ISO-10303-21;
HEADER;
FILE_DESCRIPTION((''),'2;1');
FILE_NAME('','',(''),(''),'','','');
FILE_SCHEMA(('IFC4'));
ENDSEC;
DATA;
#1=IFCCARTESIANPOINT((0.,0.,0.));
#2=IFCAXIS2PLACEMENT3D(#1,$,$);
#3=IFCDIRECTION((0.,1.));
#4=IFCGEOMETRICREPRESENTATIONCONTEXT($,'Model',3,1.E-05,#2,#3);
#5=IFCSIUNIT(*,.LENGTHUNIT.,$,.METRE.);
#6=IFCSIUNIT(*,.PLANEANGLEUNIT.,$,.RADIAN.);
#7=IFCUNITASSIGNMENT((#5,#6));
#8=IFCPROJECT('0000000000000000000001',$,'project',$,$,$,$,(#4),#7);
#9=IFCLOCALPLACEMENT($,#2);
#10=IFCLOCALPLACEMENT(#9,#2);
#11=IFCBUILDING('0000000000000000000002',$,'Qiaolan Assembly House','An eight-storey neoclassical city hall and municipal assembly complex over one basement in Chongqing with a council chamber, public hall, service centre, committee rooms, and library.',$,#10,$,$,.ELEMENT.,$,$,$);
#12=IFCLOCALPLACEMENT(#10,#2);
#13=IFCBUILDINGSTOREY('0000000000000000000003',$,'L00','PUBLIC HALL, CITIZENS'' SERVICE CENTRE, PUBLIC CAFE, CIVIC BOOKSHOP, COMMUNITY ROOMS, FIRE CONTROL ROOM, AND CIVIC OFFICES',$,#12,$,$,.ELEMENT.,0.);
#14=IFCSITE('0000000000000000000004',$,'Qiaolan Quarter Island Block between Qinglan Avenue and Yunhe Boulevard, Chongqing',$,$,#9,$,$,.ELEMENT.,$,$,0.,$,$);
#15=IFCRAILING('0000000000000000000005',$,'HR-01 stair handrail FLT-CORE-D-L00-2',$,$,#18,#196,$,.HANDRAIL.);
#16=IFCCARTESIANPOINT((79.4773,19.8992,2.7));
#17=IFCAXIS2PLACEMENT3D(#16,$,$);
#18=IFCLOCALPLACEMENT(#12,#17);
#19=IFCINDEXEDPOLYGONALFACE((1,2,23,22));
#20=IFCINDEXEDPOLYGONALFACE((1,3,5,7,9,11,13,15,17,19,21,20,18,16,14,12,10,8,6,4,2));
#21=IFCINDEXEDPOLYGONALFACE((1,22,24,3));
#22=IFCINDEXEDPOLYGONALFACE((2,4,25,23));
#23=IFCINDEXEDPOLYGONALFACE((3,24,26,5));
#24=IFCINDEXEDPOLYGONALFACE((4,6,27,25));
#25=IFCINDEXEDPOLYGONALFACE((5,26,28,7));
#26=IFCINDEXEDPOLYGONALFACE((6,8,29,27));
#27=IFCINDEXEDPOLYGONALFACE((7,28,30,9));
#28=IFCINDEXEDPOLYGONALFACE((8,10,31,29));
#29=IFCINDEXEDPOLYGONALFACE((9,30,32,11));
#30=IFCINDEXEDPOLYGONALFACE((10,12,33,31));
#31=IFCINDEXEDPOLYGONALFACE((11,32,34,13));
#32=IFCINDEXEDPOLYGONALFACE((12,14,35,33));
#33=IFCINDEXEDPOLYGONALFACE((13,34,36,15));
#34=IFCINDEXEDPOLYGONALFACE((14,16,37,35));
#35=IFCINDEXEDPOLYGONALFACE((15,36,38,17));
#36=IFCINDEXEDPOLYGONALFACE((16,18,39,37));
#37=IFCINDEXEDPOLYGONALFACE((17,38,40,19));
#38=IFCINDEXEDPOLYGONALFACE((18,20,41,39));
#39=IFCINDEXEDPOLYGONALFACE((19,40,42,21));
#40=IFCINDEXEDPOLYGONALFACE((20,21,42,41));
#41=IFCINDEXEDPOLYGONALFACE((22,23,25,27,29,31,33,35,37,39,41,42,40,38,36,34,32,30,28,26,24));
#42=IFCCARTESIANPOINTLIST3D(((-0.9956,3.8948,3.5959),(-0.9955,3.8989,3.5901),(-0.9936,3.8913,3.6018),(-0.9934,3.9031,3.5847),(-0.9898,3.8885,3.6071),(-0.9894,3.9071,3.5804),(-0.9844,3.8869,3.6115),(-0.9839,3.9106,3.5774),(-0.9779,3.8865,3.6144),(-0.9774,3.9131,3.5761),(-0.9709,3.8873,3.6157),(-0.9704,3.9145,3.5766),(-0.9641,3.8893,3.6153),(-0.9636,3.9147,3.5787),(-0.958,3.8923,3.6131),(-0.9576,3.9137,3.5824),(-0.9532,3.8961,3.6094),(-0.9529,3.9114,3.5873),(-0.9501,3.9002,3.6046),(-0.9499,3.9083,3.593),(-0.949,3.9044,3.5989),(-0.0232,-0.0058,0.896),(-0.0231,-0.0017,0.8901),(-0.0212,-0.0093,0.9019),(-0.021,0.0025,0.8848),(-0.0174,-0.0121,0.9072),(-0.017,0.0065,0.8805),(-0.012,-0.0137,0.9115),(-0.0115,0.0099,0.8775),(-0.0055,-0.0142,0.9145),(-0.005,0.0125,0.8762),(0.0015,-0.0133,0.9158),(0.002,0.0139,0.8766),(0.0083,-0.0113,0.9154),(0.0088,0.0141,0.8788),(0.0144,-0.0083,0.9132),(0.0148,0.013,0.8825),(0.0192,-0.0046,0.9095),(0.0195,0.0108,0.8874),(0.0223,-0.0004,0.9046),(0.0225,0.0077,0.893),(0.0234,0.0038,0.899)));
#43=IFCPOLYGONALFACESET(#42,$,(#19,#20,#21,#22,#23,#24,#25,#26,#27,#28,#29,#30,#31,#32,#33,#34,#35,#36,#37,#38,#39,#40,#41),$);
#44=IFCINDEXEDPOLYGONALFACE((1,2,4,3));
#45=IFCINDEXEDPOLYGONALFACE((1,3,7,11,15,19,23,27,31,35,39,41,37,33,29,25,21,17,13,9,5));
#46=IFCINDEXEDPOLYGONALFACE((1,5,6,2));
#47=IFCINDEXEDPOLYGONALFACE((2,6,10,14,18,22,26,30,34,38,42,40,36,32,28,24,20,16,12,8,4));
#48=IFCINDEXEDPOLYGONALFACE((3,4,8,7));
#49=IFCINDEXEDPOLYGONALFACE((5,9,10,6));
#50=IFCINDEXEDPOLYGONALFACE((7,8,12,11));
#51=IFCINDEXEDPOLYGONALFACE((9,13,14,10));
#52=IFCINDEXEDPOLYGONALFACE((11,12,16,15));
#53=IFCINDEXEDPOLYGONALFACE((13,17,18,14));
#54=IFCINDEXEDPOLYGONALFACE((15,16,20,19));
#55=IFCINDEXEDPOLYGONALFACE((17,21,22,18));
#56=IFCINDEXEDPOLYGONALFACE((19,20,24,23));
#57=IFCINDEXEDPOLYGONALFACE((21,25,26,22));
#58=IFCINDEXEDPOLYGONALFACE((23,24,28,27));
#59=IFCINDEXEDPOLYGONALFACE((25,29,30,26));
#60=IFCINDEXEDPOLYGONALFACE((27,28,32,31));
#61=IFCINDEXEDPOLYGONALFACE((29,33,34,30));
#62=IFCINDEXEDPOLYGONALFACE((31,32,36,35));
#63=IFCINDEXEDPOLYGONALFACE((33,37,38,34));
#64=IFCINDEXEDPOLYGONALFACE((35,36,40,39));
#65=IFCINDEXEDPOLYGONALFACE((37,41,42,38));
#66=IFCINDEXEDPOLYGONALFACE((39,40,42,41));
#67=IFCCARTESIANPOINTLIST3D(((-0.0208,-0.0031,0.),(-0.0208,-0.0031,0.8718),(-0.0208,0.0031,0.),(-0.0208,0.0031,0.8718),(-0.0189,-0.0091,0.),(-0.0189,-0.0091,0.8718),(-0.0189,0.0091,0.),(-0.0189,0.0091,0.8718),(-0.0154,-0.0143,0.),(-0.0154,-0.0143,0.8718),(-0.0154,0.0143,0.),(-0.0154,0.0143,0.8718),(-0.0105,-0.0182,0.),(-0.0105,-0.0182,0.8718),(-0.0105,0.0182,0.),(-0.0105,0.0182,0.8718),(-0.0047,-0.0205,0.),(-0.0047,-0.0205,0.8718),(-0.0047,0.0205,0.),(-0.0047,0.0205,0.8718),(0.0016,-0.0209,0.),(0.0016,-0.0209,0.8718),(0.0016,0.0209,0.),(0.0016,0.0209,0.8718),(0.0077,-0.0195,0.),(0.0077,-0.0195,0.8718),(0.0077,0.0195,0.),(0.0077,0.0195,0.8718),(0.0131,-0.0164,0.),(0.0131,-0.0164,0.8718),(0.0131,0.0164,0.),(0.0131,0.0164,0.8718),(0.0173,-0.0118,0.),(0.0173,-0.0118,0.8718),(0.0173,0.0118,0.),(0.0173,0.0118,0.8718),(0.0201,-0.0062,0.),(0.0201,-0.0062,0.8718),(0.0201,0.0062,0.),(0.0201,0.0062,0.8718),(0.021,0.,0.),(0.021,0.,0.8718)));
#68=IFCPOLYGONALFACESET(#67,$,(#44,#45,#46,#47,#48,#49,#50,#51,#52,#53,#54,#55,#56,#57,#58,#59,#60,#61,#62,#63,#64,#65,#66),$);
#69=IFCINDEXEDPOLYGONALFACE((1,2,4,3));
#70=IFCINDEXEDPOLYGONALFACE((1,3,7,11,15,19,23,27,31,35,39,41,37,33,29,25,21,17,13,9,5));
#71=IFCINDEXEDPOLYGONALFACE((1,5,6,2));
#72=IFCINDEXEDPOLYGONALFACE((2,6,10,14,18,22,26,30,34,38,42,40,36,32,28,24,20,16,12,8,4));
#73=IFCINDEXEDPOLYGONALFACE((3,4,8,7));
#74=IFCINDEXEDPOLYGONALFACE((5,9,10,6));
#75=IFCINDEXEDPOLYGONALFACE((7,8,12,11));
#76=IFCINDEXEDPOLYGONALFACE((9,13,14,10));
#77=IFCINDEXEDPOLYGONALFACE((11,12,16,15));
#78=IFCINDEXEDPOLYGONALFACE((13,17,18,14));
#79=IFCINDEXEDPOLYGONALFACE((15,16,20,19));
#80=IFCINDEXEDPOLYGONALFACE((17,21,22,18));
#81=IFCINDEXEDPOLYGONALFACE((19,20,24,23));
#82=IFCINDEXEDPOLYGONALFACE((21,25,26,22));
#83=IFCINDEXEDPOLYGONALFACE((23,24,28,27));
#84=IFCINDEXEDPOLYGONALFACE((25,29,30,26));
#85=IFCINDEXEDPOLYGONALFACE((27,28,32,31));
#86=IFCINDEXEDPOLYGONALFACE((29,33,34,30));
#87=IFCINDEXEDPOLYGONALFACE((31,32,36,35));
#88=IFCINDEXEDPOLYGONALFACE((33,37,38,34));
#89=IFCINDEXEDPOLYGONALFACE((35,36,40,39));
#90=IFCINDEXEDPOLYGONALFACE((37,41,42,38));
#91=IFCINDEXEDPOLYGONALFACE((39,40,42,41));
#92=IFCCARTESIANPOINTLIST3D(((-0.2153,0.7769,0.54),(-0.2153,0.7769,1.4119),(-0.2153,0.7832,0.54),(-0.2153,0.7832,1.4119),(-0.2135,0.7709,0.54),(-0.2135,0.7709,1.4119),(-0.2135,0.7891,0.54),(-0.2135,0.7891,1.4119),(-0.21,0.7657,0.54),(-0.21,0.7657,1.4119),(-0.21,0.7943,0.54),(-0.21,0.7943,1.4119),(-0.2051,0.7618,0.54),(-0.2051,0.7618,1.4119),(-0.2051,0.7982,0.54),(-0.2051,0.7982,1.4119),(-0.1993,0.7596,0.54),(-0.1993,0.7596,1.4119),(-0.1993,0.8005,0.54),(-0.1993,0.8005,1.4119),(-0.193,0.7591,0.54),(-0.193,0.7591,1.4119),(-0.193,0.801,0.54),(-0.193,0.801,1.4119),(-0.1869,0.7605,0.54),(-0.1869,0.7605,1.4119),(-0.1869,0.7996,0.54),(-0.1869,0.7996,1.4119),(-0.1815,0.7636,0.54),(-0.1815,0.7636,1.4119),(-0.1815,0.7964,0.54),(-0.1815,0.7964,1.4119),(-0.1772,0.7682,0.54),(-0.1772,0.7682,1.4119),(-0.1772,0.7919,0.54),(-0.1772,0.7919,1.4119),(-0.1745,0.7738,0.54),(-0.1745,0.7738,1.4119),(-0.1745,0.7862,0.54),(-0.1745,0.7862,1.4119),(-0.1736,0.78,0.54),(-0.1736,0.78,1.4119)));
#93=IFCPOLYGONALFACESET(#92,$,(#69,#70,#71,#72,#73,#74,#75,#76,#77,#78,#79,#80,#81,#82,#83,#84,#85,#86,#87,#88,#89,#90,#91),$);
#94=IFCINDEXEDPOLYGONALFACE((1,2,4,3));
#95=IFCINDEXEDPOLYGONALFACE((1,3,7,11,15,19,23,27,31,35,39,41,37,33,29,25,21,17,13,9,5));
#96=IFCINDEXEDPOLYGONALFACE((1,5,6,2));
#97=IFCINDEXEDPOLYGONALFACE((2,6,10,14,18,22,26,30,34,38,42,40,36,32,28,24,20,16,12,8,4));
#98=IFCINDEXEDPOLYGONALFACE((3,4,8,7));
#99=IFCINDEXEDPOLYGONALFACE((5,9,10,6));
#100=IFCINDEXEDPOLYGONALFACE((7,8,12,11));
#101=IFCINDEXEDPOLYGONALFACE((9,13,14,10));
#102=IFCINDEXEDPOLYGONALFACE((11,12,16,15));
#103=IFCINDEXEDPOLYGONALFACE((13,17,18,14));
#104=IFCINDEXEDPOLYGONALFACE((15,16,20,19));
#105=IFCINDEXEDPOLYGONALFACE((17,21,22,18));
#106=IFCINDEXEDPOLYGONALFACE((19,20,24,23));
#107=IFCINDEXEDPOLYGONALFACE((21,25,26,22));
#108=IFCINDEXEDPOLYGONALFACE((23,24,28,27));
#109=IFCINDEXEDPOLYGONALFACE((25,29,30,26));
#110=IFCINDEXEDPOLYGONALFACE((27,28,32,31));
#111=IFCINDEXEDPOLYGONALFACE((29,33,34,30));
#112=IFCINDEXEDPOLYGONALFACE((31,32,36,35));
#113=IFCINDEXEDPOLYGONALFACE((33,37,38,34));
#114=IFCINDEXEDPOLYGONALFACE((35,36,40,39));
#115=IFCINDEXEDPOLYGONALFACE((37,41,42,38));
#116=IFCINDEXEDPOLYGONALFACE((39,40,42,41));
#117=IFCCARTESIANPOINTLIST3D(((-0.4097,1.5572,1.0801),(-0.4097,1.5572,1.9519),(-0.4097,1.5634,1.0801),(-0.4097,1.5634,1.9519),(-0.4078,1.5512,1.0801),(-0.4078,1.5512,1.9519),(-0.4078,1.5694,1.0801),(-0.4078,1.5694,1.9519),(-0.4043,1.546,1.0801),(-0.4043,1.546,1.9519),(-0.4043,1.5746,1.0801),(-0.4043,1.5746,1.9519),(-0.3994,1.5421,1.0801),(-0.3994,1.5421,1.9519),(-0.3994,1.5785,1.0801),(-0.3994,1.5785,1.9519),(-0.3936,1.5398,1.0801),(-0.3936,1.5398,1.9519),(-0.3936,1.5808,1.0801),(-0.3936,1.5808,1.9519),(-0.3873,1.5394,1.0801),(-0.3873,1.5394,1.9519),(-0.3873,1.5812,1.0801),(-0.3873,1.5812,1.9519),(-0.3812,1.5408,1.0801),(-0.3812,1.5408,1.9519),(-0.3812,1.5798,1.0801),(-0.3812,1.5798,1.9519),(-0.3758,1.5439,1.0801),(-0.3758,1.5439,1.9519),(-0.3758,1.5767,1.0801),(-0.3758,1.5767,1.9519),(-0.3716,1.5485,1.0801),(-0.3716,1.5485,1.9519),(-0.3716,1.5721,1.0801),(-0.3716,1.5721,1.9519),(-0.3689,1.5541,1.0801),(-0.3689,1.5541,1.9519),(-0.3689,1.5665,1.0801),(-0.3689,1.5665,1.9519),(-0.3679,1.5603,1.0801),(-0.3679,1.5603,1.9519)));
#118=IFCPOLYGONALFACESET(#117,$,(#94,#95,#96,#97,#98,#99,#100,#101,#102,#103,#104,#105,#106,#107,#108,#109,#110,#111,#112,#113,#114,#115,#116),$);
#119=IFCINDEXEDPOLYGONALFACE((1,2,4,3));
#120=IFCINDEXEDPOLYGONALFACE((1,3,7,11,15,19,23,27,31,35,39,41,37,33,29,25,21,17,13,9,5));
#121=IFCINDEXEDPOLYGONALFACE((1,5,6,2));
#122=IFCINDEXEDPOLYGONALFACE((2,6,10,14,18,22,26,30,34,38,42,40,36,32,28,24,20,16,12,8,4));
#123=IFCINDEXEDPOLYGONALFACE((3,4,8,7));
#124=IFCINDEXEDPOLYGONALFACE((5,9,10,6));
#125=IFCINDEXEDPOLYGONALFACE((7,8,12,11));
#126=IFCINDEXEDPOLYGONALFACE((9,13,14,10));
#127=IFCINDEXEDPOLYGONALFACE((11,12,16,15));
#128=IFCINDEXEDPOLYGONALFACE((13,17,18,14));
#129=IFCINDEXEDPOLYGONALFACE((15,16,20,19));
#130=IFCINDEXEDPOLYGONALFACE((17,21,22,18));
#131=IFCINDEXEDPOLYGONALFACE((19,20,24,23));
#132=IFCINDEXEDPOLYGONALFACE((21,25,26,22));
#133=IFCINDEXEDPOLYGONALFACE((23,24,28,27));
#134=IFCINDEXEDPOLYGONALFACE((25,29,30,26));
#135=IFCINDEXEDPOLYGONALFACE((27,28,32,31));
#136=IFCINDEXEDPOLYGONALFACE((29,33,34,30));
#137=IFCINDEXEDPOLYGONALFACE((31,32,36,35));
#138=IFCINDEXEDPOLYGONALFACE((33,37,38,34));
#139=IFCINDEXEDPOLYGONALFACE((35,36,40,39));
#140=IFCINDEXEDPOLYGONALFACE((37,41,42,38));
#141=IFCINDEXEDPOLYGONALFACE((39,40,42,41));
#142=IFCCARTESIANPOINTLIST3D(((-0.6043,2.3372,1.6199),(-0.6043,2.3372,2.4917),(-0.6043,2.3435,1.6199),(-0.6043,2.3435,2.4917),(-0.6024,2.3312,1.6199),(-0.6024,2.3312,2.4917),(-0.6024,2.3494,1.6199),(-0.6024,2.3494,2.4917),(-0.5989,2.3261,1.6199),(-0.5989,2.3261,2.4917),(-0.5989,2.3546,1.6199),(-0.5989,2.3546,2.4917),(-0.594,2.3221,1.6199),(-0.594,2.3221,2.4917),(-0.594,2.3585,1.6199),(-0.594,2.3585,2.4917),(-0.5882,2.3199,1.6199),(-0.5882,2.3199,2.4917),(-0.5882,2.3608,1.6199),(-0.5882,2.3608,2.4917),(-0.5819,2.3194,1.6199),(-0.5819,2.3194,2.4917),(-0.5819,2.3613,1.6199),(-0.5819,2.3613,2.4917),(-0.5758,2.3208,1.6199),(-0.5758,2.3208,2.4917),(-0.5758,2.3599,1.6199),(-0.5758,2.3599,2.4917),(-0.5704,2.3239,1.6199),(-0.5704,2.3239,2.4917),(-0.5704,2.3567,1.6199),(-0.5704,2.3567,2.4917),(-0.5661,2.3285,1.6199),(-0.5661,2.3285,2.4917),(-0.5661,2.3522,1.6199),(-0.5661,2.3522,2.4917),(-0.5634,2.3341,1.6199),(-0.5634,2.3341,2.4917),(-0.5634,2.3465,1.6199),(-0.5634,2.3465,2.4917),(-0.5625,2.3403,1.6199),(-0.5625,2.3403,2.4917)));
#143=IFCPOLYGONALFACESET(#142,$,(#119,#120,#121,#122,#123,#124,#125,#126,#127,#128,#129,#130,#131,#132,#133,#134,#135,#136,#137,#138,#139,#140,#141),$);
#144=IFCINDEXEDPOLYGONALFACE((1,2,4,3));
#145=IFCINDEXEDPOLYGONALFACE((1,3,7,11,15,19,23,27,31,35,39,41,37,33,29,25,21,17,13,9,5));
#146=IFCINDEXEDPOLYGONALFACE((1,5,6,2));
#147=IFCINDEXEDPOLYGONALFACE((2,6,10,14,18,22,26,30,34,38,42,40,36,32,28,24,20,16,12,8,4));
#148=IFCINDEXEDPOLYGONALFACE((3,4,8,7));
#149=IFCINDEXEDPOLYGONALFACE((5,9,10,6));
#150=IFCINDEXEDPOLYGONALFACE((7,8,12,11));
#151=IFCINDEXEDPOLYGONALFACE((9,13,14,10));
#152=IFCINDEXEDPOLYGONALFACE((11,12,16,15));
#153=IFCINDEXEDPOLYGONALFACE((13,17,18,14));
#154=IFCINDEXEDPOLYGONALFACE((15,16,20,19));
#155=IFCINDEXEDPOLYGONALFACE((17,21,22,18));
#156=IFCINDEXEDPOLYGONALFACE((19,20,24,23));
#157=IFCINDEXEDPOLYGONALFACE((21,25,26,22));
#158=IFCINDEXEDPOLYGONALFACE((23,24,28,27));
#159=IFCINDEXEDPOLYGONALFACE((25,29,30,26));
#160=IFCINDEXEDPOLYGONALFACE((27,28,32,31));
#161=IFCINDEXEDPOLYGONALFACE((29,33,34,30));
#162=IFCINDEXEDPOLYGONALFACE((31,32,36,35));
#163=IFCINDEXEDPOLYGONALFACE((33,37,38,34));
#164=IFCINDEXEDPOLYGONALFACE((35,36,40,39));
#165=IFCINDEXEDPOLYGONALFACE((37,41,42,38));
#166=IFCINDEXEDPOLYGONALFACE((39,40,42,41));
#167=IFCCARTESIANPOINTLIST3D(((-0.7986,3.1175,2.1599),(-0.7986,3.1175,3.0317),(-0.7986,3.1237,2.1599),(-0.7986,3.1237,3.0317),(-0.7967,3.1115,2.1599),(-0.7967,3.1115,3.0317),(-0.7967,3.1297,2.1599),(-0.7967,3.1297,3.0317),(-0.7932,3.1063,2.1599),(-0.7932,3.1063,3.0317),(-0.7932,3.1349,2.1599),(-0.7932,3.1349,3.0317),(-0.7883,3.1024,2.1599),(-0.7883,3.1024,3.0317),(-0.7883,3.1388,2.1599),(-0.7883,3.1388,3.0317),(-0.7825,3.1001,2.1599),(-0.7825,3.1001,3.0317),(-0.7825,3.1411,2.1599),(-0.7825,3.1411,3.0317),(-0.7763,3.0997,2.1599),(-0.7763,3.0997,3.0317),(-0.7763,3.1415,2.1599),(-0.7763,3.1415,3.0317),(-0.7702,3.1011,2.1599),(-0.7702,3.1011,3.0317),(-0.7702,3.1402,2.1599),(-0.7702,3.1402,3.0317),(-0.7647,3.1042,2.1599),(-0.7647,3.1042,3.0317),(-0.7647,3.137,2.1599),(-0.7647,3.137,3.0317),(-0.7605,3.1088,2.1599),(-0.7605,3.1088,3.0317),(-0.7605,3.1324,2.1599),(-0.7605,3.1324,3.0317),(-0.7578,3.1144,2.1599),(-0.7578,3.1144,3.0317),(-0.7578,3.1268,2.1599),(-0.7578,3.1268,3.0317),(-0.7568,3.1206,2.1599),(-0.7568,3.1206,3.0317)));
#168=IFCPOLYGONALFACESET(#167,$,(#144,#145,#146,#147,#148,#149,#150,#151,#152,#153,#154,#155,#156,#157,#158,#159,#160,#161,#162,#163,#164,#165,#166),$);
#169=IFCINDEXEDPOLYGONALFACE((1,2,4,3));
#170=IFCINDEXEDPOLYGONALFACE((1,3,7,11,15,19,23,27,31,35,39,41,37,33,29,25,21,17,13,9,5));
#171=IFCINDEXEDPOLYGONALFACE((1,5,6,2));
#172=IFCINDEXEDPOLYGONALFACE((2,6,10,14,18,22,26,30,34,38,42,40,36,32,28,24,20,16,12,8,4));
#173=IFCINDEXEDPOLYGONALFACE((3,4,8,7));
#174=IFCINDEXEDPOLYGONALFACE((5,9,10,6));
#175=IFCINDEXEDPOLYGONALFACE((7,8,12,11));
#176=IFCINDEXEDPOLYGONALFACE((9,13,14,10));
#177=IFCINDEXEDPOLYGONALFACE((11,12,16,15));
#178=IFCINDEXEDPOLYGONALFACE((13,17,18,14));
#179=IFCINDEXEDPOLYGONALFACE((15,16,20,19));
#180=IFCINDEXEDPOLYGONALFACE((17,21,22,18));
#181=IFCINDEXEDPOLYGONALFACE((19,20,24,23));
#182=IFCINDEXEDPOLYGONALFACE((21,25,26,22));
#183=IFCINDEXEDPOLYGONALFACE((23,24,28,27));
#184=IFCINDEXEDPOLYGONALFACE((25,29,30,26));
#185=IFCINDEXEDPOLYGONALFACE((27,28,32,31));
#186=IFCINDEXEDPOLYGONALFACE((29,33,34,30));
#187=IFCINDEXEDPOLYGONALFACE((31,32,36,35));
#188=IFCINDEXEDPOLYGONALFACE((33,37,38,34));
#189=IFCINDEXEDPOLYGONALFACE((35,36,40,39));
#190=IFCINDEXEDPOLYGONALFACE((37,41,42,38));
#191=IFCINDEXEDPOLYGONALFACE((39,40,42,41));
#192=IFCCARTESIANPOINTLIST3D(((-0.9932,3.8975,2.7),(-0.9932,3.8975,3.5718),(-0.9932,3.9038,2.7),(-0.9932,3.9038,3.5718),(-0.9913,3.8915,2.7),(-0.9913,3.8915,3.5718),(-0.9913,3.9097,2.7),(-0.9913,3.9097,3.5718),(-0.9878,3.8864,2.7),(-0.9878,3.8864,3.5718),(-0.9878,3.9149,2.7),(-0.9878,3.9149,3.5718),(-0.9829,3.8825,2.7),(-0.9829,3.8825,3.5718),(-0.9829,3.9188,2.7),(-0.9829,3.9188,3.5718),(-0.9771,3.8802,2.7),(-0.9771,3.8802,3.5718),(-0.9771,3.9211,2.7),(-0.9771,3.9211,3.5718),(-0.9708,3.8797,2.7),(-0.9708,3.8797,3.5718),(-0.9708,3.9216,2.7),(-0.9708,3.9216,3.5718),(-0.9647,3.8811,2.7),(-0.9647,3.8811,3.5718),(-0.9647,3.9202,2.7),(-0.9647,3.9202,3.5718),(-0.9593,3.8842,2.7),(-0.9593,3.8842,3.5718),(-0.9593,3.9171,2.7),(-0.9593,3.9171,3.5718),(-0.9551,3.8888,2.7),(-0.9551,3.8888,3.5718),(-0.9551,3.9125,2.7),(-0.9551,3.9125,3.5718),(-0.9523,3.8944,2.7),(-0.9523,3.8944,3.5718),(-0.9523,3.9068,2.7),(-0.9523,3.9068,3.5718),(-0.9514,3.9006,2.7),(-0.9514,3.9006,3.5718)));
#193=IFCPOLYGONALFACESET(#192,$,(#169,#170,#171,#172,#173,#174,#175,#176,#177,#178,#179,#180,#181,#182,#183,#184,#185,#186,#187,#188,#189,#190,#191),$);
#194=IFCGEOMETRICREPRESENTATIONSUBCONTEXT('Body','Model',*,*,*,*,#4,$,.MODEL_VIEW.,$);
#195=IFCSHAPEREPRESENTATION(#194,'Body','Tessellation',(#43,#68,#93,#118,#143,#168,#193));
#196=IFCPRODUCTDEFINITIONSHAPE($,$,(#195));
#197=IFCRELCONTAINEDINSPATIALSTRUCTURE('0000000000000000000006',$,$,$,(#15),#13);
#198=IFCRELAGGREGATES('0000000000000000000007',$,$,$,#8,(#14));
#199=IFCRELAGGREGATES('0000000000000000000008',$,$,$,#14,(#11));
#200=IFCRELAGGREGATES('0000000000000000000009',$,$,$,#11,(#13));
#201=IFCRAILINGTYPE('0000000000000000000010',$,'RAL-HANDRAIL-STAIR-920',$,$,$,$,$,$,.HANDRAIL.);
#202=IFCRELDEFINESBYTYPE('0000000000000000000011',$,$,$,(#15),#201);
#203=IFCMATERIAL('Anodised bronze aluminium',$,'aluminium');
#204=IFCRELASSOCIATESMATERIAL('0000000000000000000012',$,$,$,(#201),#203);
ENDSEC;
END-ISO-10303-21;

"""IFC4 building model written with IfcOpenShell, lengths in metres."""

from ifc_helpers import new_model, si_unit, direction, frame, origin, origin_2d, place, context, subcontext, project, spatial, circle, extrude, material, type_object, element, save


model = new_model("IFC4")

# Units and contexts
model_context = context("Model", 3, precision=1e-05, world=origin(), true_north=direction((0.0, 1.0)))
body_context = subcontext(model_context, "Body", "Model", "MODEL_VIEW")
ifc_project = project(units=[si_unit("LENGTHUNIT", "METRE"), si_unit("PLANEANGLEUNIT", "RADIAN")], contexts=[model_context])

# Site, building, storey
site_placement = place(None, origin())
site = spatial("IfcSite", under=ifc_project, at=site_placement, Name="Qiaolan Quarter Island Block between Qinglan Avenue and Yunhe Boulevard, Chongqing", CompositionType="ELEMENT", RefElevation=0.0)
building_placement = place(site_placement, origin())
building = spatial("IfcBuilding", under=site, at=building_placement, Name="Qiaolan Assembly House", Description="An eight-storey neoclassical city hall and municipal assembly complex over one basement in Chongqing with a council chamber, public hall, service centre, committee rooms, and library.", CompositionType="ELEMENT")
storey_placement = place(building_placement, origin())
storey = spatial("IfcBuildingStorey", under=building, at=storey_placement, Name="L00", Description="PUBLIC HALL, CITIZENS' SERVICE CENTRE, PUBLIC CAFE, CIVIC BOOKSHOP, COMMUNITY ROOMS, FIRE CONTROL ROOM, AND CIVIC OFFICES", CompositionType="ELEMENT", Elevation=0.0)

# Railing
ifc_material_1 = material(Name="Anodised bronze aluminium", Category="aluminium")
railing_type_1 = type_object("IfcRailingType", Name="RAL-HANDRAIL-STAIR-920", PredefinedType="HANDRAIL", material=ifc_material_1)
railing_1_placement = place(storey_placement, frame((79.4773, 19.8992, 2.7)))
element("IfcRailing", 1, at=railing_1_placement, inside=storey, type_object=railing_type_1, Name="HR-01 stair handrail FLT-CORE-D-L00-2", PredefinedType="HANDRAIL", context=body_context, shape_type="SweptSolid", body=[
    extrude(circle(Radius=0.0239, at=origin_2d()), frame((0.0, 0.0, 0.896), z_axis=(-0.200806, 0.805492, 0.557548), x_axis=(-0.970303, -0.241893, 0.0)), (0.0, 0.0, 1.0), 4.8425),
    extrude(circle(Radius=0.021, at=origin_2d()), origin(), (0.0, 0.0, 1.0), 0.8718),
    extrude(circle(Radius=0.021, at=origin_2d()), frame((-0.1946, 0.78, 0.54)), (0.0, 0.0, 1.0), 0.8718),
    extrude(circle(Radius=0.021, at=origin_2d()), frame((-0.3889, 1.5603, 1.0801)), (0.0, 0.0, 1.0), 0.8718),
    extrude(circle(Radius=0.021, at=origin_2d()), frame((-0.5835, 2.3403, 1.6199)), (0.0, 0.0, 1.0), 0.8718),
    extrude(circle(Radius=0.021, at=origin_2d()), frame((-0.7778, 3.1206, 2.1599)), (0.0, 0.0, 1.0), 0.8718),
    extrude(circle(Radius=0.021, at=origin_2d()), frame((-0.9724, 3.9006, 2.7)), (0.0, 0.0, 1.0), 0.8718),
])

save(model, "model.ifc")
